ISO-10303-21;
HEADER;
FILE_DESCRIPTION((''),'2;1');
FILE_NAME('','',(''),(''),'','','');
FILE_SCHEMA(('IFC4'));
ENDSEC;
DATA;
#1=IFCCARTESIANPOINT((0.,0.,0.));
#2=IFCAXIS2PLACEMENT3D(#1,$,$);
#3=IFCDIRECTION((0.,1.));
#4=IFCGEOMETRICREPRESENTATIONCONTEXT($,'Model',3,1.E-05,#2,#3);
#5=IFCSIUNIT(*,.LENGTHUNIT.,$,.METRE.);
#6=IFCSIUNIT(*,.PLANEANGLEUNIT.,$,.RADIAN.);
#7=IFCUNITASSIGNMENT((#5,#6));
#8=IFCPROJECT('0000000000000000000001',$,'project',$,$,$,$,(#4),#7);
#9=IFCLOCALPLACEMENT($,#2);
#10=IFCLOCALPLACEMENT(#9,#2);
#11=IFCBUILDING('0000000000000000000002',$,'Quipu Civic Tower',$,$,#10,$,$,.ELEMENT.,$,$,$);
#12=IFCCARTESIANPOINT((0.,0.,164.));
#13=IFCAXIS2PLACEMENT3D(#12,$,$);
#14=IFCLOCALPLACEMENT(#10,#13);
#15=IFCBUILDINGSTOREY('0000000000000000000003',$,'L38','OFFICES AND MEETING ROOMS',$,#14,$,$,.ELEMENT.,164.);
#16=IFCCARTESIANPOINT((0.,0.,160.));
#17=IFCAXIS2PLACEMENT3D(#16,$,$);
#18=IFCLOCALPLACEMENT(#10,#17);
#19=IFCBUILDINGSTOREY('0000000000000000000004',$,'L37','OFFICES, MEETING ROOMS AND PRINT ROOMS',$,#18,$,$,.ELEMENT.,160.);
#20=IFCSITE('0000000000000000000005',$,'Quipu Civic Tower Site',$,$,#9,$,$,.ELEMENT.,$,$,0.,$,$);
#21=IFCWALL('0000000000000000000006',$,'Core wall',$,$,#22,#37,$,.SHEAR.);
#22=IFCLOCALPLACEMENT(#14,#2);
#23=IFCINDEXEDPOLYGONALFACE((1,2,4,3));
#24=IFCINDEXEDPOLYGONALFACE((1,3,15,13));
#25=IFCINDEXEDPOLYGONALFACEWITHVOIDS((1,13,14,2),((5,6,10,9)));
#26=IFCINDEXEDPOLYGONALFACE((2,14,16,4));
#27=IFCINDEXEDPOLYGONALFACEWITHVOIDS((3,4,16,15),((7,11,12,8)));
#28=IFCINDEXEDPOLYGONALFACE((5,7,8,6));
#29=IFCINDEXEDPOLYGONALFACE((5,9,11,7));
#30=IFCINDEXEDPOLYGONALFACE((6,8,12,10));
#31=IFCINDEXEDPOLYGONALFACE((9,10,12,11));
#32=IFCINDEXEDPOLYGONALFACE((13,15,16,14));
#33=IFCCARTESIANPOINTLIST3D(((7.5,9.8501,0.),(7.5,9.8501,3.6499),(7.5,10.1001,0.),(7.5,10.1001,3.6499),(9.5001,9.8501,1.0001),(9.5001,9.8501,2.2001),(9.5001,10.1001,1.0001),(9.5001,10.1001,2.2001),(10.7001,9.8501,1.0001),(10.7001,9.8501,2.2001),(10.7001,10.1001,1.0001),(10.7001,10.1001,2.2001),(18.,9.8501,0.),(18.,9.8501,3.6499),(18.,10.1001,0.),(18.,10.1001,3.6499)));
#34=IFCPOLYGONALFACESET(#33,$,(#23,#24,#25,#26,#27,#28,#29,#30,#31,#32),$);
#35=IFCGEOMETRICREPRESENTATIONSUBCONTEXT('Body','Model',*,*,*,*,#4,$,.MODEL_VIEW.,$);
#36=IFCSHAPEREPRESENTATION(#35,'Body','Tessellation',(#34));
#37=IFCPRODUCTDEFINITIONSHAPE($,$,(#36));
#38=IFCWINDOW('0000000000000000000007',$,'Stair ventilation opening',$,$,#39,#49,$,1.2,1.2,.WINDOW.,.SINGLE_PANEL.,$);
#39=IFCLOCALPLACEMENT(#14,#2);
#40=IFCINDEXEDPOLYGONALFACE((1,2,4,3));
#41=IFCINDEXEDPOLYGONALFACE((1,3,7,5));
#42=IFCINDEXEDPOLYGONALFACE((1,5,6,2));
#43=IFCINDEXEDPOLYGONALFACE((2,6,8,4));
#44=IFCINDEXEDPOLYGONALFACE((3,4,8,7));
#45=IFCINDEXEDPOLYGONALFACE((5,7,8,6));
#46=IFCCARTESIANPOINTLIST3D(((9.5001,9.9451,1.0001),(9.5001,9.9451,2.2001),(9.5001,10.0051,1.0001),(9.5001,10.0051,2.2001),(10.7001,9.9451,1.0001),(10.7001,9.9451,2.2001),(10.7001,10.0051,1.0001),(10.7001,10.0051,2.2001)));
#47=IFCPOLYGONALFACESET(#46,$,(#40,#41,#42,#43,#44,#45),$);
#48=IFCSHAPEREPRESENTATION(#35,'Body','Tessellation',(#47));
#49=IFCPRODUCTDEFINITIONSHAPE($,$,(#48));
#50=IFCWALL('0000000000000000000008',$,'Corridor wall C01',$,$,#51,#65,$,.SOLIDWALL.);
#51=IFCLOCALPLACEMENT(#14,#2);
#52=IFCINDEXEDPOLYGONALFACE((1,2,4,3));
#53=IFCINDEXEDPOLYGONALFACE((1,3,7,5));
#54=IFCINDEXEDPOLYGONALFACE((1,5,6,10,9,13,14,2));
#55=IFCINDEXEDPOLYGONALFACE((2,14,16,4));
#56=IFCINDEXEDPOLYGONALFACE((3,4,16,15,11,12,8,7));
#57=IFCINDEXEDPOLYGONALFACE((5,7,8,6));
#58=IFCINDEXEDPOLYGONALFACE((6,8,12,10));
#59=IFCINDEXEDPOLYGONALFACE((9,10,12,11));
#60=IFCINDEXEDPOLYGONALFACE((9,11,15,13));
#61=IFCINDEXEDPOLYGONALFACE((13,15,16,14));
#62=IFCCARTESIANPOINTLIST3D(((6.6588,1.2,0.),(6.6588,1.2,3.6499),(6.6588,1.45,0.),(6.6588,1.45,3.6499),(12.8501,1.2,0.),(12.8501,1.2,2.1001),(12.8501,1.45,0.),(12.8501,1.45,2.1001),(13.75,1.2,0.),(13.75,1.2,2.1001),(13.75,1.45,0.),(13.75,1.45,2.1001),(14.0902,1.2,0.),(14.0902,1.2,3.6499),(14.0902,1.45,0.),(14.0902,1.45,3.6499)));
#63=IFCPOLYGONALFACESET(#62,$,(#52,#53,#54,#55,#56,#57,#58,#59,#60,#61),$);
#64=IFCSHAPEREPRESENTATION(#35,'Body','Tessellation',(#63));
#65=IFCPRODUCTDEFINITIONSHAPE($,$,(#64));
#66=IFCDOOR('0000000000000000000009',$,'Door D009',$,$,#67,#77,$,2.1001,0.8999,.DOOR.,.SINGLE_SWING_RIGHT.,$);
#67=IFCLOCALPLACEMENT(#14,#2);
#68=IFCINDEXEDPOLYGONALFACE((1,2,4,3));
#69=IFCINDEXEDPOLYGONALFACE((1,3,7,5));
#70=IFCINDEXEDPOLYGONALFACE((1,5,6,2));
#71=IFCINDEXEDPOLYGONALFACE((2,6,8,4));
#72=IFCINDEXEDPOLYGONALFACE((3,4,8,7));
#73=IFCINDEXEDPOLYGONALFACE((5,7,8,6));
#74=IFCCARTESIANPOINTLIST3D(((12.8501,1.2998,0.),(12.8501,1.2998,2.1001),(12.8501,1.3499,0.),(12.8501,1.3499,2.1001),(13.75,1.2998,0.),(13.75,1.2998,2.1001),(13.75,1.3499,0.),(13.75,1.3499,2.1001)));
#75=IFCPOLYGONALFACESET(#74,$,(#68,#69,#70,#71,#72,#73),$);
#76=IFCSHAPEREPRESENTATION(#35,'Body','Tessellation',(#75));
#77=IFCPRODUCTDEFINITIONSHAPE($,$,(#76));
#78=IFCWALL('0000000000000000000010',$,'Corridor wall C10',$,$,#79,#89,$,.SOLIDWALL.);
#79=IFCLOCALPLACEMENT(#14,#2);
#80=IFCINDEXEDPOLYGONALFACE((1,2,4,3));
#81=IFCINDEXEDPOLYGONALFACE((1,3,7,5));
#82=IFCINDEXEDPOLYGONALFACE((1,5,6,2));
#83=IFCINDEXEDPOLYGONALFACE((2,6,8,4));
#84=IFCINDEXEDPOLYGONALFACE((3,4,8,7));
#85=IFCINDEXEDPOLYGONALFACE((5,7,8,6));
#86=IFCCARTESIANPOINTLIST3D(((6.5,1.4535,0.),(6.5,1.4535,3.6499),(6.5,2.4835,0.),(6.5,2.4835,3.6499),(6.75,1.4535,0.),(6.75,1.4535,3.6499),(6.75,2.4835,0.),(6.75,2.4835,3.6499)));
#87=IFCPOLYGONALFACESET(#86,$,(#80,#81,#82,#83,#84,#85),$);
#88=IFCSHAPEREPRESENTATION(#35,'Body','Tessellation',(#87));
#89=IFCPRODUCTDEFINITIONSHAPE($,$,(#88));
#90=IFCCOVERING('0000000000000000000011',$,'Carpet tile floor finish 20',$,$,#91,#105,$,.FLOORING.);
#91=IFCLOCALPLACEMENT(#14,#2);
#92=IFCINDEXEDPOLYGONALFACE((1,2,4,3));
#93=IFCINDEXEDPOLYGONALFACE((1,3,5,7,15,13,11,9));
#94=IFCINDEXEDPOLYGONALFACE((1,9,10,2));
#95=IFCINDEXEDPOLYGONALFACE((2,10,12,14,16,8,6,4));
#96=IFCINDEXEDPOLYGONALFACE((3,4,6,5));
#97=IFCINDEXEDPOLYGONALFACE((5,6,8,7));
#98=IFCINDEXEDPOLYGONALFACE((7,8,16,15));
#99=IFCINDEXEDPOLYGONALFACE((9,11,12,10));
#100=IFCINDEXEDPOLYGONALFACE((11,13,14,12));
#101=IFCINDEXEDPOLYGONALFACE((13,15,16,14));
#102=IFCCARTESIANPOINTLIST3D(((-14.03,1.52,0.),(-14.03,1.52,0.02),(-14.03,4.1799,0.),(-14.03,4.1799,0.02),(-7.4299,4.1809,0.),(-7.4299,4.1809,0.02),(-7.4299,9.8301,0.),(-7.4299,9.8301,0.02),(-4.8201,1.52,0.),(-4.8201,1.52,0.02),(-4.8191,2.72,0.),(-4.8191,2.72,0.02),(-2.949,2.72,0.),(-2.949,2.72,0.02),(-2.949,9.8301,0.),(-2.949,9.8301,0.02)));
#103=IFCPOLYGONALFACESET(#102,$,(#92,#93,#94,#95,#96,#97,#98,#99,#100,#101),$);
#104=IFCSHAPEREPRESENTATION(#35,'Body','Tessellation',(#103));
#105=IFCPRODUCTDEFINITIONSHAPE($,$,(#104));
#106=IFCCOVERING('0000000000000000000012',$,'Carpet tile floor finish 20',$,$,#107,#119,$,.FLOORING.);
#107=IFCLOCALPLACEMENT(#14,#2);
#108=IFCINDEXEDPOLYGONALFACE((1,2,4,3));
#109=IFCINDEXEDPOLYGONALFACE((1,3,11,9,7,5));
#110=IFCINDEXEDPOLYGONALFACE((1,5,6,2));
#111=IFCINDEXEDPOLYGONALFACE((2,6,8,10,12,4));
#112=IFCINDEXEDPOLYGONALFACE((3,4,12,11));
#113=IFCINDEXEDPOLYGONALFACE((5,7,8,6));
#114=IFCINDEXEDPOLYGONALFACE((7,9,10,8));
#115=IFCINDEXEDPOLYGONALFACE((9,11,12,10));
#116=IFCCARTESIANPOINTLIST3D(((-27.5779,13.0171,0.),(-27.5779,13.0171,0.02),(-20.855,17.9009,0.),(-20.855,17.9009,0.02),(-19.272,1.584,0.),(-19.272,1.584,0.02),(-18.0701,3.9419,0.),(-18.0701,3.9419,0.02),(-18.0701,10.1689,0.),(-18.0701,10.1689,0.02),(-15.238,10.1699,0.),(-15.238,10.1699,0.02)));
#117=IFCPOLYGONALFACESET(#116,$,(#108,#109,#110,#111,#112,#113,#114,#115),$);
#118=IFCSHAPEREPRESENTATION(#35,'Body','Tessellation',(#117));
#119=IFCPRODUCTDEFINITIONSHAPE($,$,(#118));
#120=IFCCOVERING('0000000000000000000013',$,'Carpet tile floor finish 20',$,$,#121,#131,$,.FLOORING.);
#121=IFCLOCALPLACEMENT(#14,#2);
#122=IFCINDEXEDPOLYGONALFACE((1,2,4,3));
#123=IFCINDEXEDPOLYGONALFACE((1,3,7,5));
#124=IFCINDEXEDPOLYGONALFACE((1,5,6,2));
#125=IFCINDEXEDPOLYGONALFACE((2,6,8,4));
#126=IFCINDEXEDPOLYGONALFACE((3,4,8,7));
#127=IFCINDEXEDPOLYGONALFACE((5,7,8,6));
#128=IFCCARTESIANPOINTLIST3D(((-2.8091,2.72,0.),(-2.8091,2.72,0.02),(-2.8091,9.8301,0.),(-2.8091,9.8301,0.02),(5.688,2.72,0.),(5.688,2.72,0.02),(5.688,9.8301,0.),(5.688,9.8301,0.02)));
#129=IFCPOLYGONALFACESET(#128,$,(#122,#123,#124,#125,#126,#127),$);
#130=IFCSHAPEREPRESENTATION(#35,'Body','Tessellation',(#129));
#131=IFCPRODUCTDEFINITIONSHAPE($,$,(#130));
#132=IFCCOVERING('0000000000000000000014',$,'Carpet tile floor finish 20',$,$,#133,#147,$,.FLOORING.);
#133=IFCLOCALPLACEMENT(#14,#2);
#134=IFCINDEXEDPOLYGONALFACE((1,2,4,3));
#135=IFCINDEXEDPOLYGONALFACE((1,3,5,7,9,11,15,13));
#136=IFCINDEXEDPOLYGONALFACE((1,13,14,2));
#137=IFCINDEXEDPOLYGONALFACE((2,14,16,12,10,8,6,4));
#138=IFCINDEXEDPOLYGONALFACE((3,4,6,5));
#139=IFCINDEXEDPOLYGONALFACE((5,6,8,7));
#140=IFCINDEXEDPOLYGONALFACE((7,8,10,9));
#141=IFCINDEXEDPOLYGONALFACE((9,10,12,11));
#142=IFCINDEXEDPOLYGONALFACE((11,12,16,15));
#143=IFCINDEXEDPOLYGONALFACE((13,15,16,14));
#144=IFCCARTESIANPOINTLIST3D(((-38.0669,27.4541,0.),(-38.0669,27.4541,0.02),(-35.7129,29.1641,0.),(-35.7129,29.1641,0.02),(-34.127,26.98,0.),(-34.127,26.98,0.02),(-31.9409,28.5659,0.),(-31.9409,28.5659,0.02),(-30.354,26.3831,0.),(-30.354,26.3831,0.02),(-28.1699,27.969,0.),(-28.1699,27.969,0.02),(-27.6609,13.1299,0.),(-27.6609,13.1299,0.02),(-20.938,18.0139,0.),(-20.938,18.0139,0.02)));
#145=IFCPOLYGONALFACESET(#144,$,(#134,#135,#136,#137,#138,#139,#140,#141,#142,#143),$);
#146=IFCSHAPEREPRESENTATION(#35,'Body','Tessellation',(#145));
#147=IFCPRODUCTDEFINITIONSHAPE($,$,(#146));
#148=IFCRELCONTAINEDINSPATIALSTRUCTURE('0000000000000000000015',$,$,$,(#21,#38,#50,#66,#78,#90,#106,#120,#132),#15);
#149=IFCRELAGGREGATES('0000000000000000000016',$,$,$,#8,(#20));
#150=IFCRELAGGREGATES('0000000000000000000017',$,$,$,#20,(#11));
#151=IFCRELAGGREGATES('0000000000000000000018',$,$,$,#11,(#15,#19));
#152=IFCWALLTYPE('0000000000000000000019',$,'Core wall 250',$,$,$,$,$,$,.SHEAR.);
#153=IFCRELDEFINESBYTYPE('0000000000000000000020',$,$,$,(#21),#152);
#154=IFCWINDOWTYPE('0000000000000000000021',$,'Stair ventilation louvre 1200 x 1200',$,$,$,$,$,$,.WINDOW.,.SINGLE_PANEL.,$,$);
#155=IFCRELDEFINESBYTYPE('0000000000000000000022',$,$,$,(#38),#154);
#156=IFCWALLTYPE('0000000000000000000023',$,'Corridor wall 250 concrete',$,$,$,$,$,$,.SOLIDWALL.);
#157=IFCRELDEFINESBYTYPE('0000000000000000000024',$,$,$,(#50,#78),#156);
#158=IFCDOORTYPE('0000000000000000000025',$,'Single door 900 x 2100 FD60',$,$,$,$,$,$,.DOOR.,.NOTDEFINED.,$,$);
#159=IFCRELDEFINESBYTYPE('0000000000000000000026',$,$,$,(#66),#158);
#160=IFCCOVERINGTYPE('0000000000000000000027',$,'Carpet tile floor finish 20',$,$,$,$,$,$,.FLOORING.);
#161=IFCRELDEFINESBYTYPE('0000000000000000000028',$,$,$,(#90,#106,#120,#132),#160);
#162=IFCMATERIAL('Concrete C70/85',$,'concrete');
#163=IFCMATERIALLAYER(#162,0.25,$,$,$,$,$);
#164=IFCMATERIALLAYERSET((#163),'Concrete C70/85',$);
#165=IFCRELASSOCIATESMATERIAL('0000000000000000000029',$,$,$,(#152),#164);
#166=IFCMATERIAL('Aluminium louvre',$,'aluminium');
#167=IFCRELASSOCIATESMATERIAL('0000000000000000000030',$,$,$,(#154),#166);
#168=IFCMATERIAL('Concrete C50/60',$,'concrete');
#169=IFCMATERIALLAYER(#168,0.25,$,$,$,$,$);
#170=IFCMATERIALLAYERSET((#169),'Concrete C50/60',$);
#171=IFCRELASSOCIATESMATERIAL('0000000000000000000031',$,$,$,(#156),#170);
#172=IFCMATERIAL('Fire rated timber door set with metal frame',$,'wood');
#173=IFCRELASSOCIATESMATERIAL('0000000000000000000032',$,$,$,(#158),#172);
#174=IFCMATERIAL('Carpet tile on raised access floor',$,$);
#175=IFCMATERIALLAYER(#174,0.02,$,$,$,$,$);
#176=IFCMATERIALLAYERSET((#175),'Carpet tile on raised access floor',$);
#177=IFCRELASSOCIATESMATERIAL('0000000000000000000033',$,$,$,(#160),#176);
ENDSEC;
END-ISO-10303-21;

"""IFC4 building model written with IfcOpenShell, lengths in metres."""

from ifc_helpers import new_model, si_unit, direction, frame, frame_2d, origin, place, context, subcontext, project, spatial, polyline, rectangle, outline, extrude, material, layer, layer_set, type_object, element, fill, save


model = new_model("IFC4")

# Units and contexts
model_context = context("Model", 3, precision=1e-05, world=origin(), true_north=direction((0.0, 1.0)))
body_context = subcontext(model_context, "Body", "Model", "MODEL_VIEW")
ifc_project = project(units=[si_unit("LENGTHUNIT", "METRE"), si_unit("PLANEANGLEUNIT", "RADIAN")], contexts=[model_context])

# Site, building, storey
site_placement = place(None, origin())
site = spatial("IfcSite", under=ifc_project, at=site_placement, Name="Quipu Civic Tower Site", CompositionType="ELEMENT", RefElevation=0.0)
building_placement = place(site_placement, origin())
building = spatial("IfcBuilding", under=site, at=building_placement, Name="Quipu Civic Tower", CompositionType="ELEMENT")
storey_1_placement = place(building_placement, frame((0.0, 0.0, 164.0)))
storey_1 = spatial("IfcBuildingStorey", under=building, at=storey_1_placement, Name="L38", Description="OFFICES AND MEETING ROOMS", CompositionType="ELEMENT", Elevation=164.0)

# Shared definitions
storey_2_placement = place(building_placement, frame((0.0, 0.0, 160.0)))
storey_2 = spatial("IfcBuildingStorey", under=building, at=storey_2_placement, Name="L37", Description="OFFICES, MEETING ROOMS AND PRINT ROOMS", CompositionType="ELEMENT", Elevation=160.0)

# Shared definitions
ifc_material_1 = material(Name="Concrete C70/85", Category="concrete")
ifc_layer_1 = layer(ifc_material_1, 0.25)
ifc_layer_set_1 = layer_set([ifc_layer_1], Name="Concrete C70/85")
wall_type_1 = type_object("IfcWallType", Name="Core wall 250", PredefinedType="SHEAR", material=ifc_layer_set_1)

# Wall, opening, window
wall_1_placement = place(storey_1_placement, frame((7.5, 9.9751, 0.0), z_axis=(0.0, 0.0, 1.0), x_axis=(1.0, 0.0, 0.0)))
wall_1 = element("IfcWall", 1, at=wall_1_placement, inside=storey_1, type_object=wall_type_1, Name="Core wall", PredefinedType="SHEAR", context=body_context, shape_type="SweptSolid", body=[
    extrude(rectangle(XDim=10.5, YDim=0.25, at=frame_2d((5.25, 0.0))), origin(), (0.0, 0.0, 1.0), 3.6499),
])
opening_1_placement = place(wall_1_placement, frame((2.0, 0.0, 1.0)))
opening_1 = element("IfcOpeningElement", 2, at=opening_1_placement, cuts=wall_1, PredefinedType="OPENING", context=body_context, shape_type="SweptSolid", body=[
    extrude(rectangle(XDim=1.2, YDim=1.2, at=frame_2d((0.6001, 0.6001))), frame((0.0, 0.135, 0.0), z_axis=(0.0, -1.0, 0.0), x_axis=(1.0, 0.0, 0.0)), (0.0, 0.0, 1.0), 0.27),
])
ifc_material_2 = material(Name="Aluminium louvre", Category="aluminium")
window_type = type_object("IfcWindowType", Name="Stair ventilation louvre 1200 x 1200", PartitioningType="SINGLE_PANEL", PredefinedType="WINDOW", material=ifc_material_2)
window_placement = place(opening_1_placement, origin())
window = element("IfcWindow", 3, at=window_placement, inside=storey_1, type_object=window_type, Name="Stair ventilation opening", OverallHeight=1.2, OverallWidth=1.2, PartitioningType="SINGLE_PANEL", PredefinedType="WINDOW", context=body_context, shape_type="SweptSolid", body=[
    extrude(rectangle(XDim=1.2, YDim=1.2, at=frame_2d((0.6001, 0.6001))), frame((0.0, 0.03, 0.0), z_axis=(0.0, -1.0, 0.0), x_axis=(1.0, 0.0, 0.0)), (0.0, 0.0, 1.0), 0.0601),
])
fill(opening_1, window)

# Wall, opening, door
ifc_material_3 = material(Name="Concrete C50/60", Category="concrete")
ifc_layer_2 = layer(ifc_material_3, 0.25)
ifc_layer_set_2 = layer_set([ifc_layer_2], Name="Concrete C50/60")
wall_type_2 = type_object("IfcWallType", Name="Corridor wall 250 concrete", PredefinedType="SOLIDWALL", material=ifc_layer_set_2)
wall_2_placement = place(storey_1_placement, frame((6.6587, 1.325, 0.0), z_axis=(0.0, 0.0, 1.0), x_axis=(1.0, 0.0, 0.0)))
wall_2 = element("IfcWall", 4, at=wall_2_placement, inside=storey_1, type_object=wall_type_2, Name="Corridor wall C01", PredefinedType="SOLIDWALL", context=body_context, shape_type="SweptSolid", body=[
    extrude(rectangle(XDim=7.4314, YDim=0.25, at=frame_2d((3.7158, 0.0))), origin(), (0.0, 0.0, 1.0), 3.6499),
])
opening_2_placement = place(wall_2_placement, frame((6.1914, 0.0, 0.0)))
opening_2 = element("IfcOpeningElement", 5, at=opening_2_placement, cuts=wall_2, PredefinedType="OPENING", context=body_context, shape_type="SweptSolid", body=[
    extrude(rectangle(XDim=0.8999, YDim=2.1001, at=frame_2d((0.45, 1.05))), frame((0.0, 0.135, 0.0), z_axis=(0.0, -1.0, 0.0), x_axis=(1.0, 0.0, 0.0)), (0.0, 0.0, 1.0), 0.27),
])
ifc_material_4 = material(Name="Fire rated timber door set with metal frame", Category="wood")
door_type_1 = type_object("IfcDoorType", Name="Single door 900 x 2100 FD60", OperationType="NOTDEFINED", PredefinedType="DOOR", material=ifc_material_4)
door_1_placement = place(opening_2_placement, origin())
door_1 = element("IfcDoor", 6, at=door_1_placement, inside=storey_1, type_object=door_type_1, Name="Door D009", OperationType="SINGLE_SWING_RIGHT", OverallHeight=2.1001, OverallWidth=0.8999, PredefinedType="DOOR", context=body_context, shape_type="SweptSolid", body=[
    extrude(rectangle(XDim=0.8999, YDim=2.1001, at=frame_2d((0.45, 1.05))), frame((0.0, 0.0249, 0.0), z_axis=(0.0, -1.0, 0.0), x_axis=(1.0, 0.0, 0.0)), (0.0, 0.0, 1.0), 0.05),
])
fill(opening_2, door_1)

# Wall
wall_3_placement = place(storey_1_placement, frame((6.625, 2.4836, 0.0), z_axis=(0.0, 0.0, 1.0), x_axis=(0.0, -1.0, 0.0)))
element("IfcWall", 7, at=wall_3_placement, inside=storey_1, type_object=wall_type_2, Name="Corridor wall C10", PredefinedType="SOLIDWALL", context=body_context, shape_type="SweptSolid", body=[
    extrude(rectangle(XDim=1.03, YDim=0.25, at=frame_2d((0.5151, 0.0))), origin(), (0.0, 0.0, 1.0), 3.6499),
])

# Coverings
ifc_material_5 = material(Name="Carpet tile on raised access floor")
ifc_layer_3 = layer(ifc_material_5, 0.02)
ifc_layer_set_3 = layer_set([ifc_layer_3], Name="Carpet tile on raised access floor")
covering_type_1 = type_object("IfcCoveringType", Name="Carpet tile floor finish 20", PredefinedType="FLOORING", material=ifc_layer_set_3)
covering_1_placement = place(storey_1_placement, origin())
element("IfcCovering", 8, at=covering_1_placement, inside=storey_1, type_object=covering_type_1, Name="Carpet tile floor finish 20", PredefinedType="FLOORING", context=body_context, shape_type="SweptSolid", body=[
    extrude(outline(polyline([(-14.03, 1.52), (-14.03, 4.1799), (-7.4299, 4.1809), (-7.4299, 9.8301), (-2.949, 9.8301), (-2.949, 2.72), (-4.8191, 2.72), (-4.8201, 1.52), (-14.03, 1.52)])), origin(), (0.0, 0.0, 1.0), 0.02),
])
covering_2_placement = place(storey_1_placement, origin())
element("IfcCovering", 9, at=covering_2_placement, inside=storey_1, type_object=covering_type_1, Name="Carpet tile floor finish 20", PredefinedType="FLOORING", context=body_context, shape_type="SweptSolid", body=[
    extrude(outline(polyline([(-27.5779, 13.0171), (-20.855, 17.9009), (-15.238, 10.1699), (-18.0701, 10.1689), (-18.0701, 3.9419), (-19.272, 1.584), (-27.5779, 13.0171)])), origin(), (0.0, 0.0, 1.0), 0.02),
])
covering_3_placement = place(storey_1_placement, origin())
element("IfcCovering", 10, at=covering_3_placement, inside=storey_1, type_object=covering_type_1, Name="Carpet tile floor finish 20", PredefinedType="FLOORING", context=body_context, shape_type="SweptSolid", body=[
    extrude(outline(polyline([(-2.8091, 9.8301), (5.688, 9.8301), (5.688, 2.72), (-2.8091, 2.72), (-2.8091, 9.8301)])), origin(), (0.0, 0.0, 1.0), 0.02),
])
covering_4_placement = place(storey_1_placement, origin())
element("IfcCovering", 11, at=covering_4_placement, inside=storey_1, type_object=covering_type_1, Name="Carpet tile floor finish 20", PredefinedType="FLOORING", context=body_context, shape_type="SweptSolid", body=[
    extrude(outline(polyline([(-38.0669, 27.4541), (-35.7129, 29.1641), (-34.127, 26.98), (-31.9409, 28.5659), (-30.354, 26.3831), (-28.1699, 27.969), (-20.938, 18.0139), (-27.6609, 13.1299), (-38.0669, 27.4541)])), origin(), (0.0, 0.0, 1.0), 0.02),
])

save(model, "model.ifc")
